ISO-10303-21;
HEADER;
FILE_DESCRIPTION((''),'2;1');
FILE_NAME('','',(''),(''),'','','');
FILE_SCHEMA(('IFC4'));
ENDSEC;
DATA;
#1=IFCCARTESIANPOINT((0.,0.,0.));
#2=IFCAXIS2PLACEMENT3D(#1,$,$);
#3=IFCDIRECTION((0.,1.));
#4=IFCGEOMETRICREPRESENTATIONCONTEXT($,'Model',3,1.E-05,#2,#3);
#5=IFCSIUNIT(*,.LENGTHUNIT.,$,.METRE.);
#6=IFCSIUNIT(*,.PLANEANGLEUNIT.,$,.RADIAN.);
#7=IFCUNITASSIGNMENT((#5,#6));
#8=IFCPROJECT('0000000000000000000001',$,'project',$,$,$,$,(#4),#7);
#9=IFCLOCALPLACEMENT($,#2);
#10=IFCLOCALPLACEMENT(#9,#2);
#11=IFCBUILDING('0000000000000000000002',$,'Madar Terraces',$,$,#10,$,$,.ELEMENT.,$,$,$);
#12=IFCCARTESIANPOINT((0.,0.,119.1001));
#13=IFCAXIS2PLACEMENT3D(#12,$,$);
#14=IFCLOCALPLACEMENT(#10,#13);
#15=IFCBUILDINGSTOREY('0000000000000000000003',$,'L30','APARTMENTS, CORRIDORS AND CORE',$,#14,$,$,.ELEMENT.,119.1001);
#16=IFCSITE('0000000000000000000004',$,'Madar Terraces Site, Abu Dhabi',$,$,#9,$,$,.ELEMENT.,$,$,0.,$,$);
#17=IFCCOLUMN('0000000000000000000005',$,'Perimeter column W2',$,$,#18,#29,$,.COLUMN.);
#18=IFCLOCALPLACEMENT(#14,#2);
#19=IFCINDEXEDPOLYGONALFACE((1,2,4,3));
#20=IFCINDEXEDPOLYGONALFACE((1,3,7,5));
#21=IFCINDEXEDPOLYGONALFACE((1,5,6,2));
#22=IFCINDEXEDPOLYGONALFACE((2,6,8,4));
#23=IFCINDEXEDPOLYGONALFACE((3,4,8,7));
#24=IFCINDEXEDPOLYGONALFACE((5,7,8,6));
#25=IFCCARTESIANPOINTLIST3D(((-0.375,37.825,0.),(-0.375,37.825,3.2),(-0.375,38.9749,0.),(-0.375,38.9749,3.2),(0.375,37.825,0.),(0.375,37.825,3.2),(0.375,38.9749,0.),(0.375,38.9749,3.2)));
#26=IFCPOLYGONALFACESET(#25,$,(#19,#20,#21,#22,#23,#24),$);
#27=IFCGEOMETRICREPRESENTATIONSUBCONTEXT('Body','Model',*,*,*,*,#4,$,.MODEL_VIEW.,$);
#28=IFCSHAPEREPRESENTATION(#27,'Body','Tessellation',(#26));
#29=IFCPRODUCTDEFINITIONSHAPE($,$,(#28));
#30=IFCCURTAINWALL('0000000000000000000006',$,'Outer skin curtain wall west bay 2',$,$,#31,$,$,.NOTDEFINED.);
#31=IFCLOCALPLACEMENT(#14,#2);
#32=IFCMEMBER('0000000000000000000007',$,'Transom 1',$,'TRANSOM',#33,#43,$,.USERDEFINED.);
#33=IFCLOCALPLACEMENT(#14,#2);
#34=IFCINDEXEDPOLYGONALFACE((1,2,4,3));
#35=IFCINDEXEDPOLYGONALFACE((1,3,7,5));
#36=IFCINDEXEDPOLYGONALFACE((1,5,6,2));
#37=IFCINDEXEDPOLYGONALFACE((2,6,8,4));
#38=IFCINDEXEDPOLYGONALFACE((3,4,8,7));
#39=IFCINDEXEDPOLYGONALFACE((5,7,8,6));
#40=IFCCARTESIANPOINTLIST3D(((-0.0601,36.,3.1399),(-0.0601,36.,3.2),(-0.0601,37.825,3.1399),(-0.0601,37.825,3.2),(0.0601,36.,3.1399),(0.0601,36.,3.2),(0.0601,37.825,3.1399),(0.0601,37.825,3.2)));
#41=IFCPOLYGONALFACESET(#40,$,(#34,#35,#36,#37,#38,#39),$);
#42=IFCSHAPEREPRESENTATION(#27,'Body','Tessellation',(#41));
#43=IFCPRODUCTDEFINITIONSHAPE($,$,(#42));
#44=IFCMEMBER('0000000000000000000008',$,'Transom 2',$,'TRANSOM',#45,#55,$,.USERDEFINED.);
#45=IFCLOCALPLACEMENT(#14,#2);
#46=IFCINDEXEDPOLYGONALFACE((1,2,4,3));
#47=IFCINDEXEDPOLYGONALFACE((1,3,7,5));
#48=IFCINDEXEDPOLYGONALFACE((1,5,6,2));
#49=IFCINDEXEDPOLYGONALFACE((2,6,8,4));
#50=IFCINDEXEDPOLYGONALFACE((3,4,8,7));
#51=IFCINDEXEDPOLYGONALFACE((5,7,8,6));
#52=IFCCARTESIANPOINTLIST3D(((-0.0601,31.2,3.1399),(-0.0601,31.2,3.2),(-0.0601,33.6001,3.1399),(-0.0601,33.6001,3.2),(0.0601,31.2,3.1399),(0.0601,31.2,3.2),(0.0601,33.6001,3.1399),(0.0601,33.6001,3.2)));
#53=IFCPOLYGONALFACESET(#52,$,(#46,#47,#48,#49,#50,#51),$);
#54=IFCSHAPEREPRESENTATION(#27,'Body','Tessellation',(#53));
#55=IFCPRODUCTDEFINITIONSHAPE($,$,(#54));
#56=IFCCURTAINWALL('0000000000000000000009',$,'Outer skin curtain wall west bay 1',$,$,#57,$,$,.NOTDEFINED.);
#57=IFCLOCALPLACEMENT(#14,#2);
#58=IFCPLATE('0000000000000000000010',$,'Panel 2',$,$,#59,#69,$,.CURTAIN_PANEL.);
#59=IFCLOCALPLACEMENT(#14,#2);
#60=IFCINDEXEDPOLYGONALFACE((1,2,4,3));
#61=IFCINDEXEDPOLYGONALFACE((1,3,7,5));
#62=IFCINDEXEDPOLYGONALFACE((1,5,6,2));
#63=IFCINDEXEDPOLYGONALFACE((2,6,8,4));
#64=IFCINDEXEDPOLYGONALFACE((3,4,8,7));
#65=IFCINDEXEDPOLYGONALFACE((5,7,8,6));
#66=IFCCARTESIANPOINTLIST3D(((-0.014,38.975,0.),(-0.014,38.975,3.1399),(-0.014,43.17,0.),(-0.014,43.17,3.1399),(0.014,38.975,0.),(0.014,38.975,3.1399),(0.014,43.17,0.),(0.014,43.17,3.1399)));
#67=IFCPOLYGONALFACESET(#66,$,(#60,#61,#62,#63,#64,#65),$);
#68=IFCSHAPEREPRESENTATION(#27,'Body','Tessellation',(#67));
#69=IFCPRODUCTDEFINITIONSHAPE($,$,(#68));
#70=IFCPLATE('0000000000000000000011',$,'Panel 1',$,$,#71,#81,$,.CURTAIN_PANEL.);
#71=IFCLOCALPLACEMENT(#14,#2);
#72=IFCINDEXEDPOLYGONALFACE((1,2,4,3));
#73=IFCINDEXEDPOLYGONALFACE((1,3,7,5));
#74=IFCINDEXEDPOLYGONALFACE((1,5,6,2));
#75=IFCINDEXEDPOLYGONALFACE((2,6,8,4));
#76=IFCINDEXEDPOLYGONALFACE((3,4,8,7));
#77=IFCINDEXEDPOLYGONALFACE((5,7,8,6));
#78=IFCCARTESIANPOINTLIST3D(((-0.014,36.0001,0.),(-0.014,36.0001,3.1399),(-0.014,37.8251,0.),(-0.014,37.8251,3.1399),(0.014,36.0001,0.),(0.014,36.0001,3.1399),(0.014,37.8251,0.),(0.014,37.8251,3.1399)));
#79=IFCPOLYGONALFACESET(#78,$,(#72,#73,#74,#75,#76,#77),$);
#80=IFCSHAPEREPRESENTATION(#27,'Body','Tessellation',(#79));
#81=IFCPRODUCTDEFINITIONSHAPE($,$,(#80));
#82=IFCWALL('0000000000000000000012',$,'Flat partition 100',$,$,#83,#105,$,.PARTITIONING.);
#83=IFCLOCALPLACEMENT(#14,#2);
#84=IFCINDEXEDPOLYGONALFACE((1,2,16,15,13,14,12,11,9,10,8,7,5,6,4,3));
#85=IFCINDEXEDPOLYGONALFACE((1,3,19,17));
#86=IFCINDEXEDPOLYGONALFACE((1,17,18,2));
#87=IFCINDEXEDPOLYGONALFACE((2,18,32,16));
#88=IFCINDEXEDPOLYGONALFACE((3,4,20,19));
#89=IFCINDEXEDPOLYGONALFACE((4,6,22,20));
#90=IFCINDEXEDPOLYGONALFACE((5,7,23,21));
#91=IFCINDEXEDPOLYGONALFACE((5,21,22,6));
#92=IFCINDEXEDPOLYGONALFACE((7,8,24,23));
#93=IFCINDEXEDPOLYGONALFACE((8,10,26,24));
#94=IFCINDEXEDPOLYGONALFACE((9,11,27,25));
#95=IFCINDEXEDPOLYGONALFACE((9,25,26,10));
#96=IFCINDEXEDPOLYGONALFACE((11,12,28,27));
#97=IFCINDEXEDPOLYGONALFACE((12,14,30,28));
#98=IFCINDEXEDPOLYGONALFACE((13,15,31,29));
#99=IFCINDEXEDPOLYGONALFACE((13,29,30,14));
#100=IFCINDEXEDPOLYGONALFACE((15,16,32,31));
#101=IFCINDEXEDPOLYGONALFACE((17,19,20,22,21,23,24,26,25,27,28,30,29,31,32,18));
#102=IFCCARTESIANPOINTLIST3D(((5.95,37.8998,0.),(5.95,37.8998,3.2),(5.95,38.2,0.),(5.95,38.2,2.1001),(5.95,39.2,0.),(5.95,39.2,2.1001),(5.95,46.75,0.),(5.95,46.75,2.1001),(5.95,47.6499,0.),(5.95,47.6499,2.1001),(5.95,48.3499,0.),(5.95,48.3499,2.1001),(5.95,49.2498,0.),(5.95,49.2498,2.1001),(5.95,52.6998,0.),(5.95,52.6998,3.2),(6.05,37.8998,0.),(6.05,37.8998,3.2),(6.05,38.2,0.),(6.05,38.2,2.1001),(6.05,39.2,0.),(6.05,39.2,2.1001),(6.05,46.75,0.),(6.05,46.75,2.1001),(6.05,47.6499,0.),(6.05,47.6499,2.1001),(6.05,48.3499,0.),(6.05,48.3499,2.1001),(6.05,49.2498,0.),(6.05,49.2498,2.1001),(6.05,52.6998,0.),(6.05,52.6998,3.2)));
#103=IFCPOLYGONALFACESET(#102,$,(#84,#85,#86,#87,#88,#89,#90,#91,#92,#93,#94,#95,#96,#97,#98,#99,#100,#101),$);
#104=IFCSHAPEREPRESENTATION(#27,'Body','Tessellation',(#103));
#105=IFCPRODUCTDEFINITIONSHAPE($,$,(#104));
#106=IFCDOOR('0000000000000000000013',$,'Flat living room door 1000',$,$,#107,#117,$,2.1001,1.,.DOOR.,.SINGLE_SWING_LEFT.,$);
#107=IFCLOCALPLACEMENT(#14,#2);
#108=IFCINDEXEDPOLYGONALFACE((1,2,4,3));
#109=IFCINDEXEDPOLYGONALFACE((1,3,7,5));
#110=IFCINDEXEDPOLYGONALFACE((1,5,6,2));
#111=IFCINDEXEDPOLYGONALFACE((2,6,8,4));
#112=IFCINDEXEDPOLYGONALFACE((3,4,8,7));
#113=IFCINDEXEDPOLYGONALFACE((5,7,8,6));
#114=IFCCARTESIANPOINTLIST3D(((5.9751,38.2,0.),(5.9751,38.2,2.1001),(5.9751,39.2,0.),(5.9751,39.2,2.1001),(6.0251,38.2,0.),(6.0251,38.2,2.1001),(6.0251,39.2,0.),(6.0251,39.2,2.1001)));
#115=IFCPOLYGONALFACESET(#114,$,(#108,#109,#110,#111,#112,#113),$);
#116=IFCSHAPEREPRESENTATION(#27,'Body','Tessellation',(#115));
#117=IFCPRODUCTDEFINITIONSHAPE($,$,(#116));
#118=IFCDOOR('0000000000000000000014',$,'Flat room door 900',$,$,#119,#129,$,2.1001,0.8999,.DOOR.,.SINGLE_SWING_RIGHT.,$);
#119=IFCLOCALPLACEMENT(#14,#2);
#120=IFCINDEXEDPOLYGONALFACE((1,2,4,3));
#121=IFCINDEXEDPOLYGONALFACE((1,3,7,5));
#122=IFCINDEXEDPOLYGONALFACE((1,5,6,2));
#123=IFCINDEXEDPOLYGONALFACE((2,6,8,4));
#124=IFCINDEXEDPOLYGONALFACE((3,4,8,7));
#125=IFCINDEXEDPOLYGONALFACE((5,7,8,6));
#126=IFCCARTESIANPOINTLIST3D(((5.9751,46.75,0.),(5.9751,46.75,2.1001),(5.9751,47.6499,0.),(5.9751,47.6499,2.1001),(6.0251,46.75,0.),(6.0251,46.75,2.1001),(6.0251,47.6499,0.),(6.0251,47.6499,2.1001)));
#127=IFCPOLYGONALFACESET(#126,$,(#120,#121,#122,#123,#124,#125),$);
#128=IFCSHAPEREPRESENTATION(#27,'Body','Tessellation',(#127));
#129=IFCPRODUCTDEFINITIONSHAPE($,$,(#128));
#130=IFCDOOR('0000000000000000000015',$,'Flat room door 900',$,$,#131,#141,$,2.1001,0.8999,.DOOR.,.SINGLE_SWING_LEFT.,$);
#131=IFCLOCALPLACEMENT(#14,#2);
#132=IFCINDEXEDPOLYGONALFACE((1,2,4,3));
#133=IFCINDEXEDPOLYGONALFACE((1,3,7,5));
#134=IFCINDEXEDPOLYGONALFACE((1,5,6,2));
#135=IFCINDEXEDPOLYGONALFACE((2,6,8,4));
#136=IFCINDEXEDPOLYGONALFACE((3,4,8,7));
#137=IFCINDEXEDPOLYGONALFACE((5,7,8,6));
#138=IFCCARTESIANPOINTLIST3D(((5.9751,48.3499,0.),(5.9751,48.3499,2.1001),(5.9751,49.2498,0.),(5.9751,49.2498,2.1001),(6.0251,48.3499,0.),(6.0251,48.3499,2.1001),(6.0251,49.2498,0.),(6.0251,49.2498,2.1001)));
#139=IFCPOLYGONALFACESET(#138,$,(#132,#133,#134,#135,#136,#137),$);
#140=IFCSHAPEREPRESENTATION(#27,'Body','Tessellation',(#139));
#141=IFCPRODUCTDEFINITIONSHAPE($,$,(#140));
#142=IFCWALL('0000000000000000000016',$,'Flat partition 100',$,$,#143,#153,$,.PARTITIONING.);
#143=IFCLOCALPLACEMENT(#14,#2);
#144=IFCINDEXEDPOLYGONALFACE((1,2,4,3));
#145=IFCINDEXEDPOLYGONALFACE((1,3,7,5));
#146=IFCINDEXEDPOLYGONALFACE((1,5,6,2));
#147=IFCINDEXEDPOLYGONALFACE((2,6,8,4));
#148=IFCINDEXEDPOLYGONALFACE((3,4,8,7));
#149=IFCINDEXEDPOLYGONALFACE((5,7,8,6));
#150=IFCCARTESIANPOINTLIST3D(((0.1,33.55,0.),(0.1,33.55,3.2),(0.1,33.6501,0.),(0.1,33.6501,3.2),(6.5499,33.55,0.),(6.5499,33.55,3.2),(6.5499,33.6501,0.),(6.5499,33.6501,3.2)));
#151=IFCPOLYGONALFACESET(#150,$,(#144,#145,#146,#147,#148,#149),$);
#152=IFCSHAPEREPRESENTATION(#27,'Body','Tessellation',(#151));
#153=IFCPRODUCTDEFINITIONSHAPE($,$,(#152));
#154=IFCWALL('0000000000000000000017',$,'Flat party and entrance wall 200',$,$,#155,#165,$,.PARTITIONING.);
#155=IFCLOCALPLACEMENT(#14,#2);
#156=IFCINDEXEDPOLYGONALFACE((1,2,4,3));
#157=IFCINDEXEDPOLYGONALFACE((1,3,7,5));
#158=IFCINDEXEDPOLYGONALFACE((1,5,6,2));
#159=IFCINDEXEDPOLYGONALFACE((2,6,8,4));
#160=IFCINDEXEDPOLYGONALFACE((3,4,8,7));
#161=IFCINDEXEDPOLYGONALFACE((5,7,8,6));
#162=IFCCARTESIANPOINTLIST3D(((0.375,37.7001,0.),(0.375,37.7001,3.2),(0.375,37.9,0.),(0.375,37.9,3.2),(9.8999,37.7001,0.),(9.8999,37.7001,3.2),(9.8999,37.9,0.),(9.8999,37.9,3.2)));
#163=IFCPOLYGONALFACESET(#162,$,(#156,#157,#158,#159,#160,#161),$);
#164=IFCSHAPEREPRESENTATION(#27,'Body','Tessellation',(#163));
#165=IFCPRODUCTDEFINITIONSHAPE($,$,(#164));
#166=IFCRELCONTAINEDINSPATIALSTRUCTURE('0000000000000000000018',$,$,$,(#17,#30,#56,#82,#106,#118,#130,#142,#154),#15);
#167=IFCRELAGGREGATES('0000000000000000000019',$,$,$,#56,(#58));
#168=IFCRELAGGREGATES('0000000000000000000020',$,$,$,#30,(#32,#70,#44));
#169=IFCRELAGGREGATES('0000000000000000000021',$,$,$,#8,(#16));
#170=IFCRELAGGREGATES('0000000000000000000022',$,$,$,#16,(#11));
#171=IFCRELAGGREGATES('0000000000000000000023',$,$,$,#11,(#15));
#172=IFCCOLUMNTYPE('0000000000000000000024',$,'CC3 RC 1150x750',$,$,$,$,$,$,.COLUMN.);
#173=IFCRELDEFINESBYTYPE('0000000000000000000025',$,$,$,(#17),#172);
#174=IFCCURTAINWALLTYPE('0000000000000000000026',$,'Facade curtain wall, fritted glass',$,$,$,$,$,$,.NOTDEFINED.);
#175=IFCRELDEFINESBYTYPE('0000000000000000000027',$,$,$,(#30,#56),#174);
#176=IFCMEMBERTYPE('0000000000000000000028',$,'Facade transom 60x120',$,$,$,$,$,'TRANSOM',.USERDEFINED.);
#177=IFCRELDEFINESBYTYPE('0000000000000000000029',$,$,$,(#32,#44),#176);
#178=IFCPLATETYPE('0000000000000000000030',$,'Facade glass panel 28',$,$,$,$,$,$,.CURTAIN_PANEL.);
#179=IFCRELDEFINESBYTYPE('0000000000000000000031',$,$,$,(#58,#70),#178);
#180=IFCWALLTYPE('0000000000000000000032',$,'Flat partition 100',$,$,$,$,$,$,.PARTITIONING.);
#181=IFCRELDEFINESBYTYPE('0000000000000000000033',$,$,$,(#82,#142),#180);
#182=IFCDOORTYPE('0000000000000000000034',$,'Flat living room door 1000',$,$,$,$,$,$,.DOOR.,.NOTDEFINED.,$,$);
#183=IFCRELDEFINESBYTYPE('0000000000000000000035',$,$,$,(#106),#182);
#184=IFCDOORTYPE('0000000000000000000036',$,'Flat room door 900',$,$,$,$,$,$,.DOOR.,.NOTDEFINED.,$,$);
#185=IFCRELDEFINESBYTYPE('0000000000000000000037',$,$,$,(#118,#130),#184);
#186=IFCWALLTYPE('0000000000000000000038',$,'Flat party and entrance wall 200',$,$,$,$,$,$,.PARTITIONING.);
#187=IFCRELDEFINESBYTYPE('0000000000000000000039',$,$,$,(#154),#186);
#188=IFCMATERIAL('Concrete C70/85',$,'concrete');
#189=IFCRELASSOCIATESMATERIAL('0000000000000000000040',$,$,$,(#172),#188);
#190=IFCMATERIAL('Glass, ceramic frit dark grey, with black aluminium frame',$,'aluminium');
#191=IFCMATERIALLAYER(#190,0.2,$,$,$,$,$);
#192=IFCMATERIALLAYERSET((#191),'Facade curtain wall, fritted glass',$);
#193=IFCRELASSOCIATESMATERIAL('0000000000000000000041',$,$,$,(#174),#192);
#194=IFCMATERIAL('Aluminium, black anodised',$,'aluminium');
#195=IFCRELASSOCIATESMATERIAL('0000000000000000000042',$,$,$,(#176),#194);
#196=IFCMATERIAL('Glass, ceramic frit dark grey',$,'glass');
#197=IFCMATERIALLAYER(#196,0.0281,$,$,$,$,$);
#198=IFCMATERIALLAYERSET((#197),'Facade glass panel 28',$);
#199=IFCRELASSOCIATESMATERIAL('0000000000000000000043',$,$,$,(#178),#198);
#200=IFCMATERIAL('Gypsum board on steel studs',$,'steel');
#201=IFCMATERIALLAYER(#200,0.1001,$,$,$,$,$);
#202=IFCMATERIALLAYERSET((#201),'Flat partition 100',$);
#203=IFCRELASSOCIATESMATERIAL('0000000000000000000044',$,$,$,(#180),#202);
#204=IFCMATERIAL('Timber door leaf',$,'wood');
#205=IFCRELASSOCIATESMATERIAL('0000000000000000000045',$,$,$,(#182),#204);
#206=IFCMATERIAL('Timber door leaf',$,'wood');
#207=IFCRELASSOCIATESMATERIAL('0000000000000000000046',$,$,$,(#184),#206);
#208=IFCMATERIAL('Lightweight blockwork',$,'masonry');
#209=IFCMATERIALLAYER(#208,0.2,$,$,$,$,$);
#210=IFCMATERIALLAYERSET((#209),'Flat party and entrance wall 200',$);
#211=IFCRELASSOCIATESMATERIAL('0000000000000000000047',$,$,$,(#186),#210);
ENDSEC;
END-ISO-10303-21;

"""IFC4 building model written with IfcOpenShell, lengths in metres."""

from ifc_helpers import new_model, si_unit, direction, frame, frame_2d, origin, origin_2d, place, context, subcontext, project, spatial, rectangle, extrude, material, layer, layer_set, material_profile, profile_set, type_object, element, fill, aggregate, save


model = new_model("IFC4")

# Units and contexts
model_context = context("Model", 3, precision=1e-05, world=origin(), true_north=direction((0.0, 1.0)))
body_context = subcontext(model_context, "Body", "Model", "MODEL_VIEW")
ifc_project = project(units=[si_unit("LENGTHUNIT", "METRE"), si_unit("PLANEANGLEUNIT", "RADIAN")], contexts=[model_context])

# Site, building, storey
site_placement = place(None, origin())
site = spatial("IfcSite", under=ifc_project, at=site_placement, Name="Madar Terraces Site, Abu Dhabi", CompositionType="ELEMENT", RefElevation=0.0)
building_placement = place(site_placement, origin())
building = spatial("IfcBuilding", under=site, at=building_placement, Name="Madar Terraces", CompositionType="ELEMENT")
storey_placement = place(building_placement, frame((0.0, 0.0, 119.1001)))
storey = spatial("IfcBuildingStorey", under=building, at=storey_placement, Name="L30", Description="APARTMENTS, CORRIDORS AND CORE", CompositionType="ELEMENT", Elevation=119.1001)

# Column
ifc_material_1 = material(Name="Concrete C70/85", Category="concrete")
ifc_material_profile_1 = material_profile(ifc_material_1, rectangle(XDim=1.1499, YDim=0.75, at=origin_2d()), Name="CC3 RC 1150x750")
ifc_profile_set_1 = profile_set([ifc_material_profile_1], Name="Concrete C70/85")
column_type = type_object("IfcColumnType", Name="CC3 RC 1150x750", PredefinedType="COLUMN", material=ifc_profile_set_1)
column_placement = place(storey_placement, frame((0.0, 38.3999, 0.0), z_axis=(0.0, 0.0, 1.0), x_axis=(0.0, 1.0, 0.0)))
element("IfcColumn", 1, at=column_placement, inside=storey, type_object=column_type, Name="Perimeter column W2", PredefinedType="COLUMN", context=body_context, shape_type="SweptSolid", body=[
    extrude(rectangle(XDim=1.1499, YDim=0.75, at=origin_2d()), origin(), (0.0, 0.0, 1.0), 3.2),
])

# Curtain wall, members
ifc_material_2 = material(Name="Glass, ceramic frit dark grey, with black aluminium frame", Category="aluminium")
ifc_layer_1 = layer(ifc_material_2, 0.2)
ifc_layer_set_1 = layer_set([ifc_layer_1], Name="Facade curtain wall, fritted glass")
curtain_wall_type = type_object("IfcCurtainWallType", Name="Facade curtain wall, fritted glass", PredefinedType="NOTDEFINED", material=ifc_layer_set_1)
curtain_wall_1_placement = place(storey_placement, origin())
curtain_wall_1 = element("IfcCurtainWall", 2, at=curtain_wall_1_placement, inside=storey, type_object=curtain_wall_type, Name="Outer skin curtain wall west bay 2", PredefinedType="NOTDEFINED")
ifc_material_3 = material(Name="Aluminium, black anodised", Category="aluminium")
ifc_material_profile_2 = material_profile(ifc_material_3, rectangle(XDim=0.1201, YDim=0.0601, at=origin_2d()), Name="Facade transom 60x120")
ifc_profile_set_2 = profile_set([ifc_material_profile_2], Name="Aluminium, black anodised")
member_type = type_object("IfcMemberType", Name="Facade transom 60x120", ElementType="TRANSOM", PredefinedType="USERDEFINED", material=ifc_profile_set_2)
member_1_placement = place(storey_placement, frame((0.0, 37.825, 3.1699), z_axis=(0.0, -1.0, 0.0), x_axis=(1.0, 0.0, 0.0)))
member_1 = element("IfcMember", 3, at=member_1_placement, type_object=member_type, Name="Transom 1", ObjectType="TRANSOM", PredefinedType="USERDEFINED", context=body_context, shape_type="SweptSolid", body=[
    extrude(rectangle(XDim=0.1201, YDim=0.0601, at=origin_2d()), origin(), (0.0, 0.0, 1.0), 1.825),
])
member_2_placement = place(storey_placement, frame((0.0, 33.6001, 3.1699), z_axis=(0.0, -1.0, 0.0), x_axis=(1.0, 0.0, 0.0)))
member_2 = element("IfcMember", 4, at=member_2_placement, type_object=member_type, Name="Transom 2", ObjectType="TRANSOM", PredefinedType="USERDEFINED", context=body_context, shape_type="SweptSolid", body=[
    extrude(rectangle(XDim=0.1201, YDim=0.0601, at=origin_2d()), origin(), (0.0, 0.0, 1.0), 2.4001),
])

# Curtain wall, plate
curtain_wall_2_placement = place(storey_placement, origin())
curtain_wall_2 = element("IfcCurtainWall", 5, at=curtain_wall_2_placement, inside=storey, type_object=curtain_wall_type, Name="Outer skin curtain wall west bay 1", PredefinedType="NOTDEFINED")
ifc_material_4 = material(Name="Glass, ceramic frit dark grey", Category="glass")
ifc_layer_2 = layer(ifc_material_4, 0.0281)
ifc_layer_set_2 = layer_set([ifc_layer_2], Name="Facade glass panel 28")
plate_type = type_object("IfcPlateType", Name="Facade glass panel 28", PredefinedType="CURTAIN_PANEL", material=ifc_layer_set_2)
plate_1_placement = place(storey_placement, frame((0.0, 41.0725, 0.0), z_axis=(0.0, 0.0, 1.0), x_axis=(0.0, -1.0, 0.0)))
plate_1 = element("IfcPlate", 6, at=plate_1_placement, type_object=plate_type, Name="Panel 2", PredefinedType="CURTAIN_PANEL", context=body_context, shape_type="SweptSolid", body=[
    extrude(rectangle(XDim=4.1951, YDim=0.0281, at=origin_2d()), origin(), (0.0, 0.0, 1.0), 3.1399),
])
aggregate(curtain_wall_2, [plate_1])

# Plate
plate_2_placement = place(storey_placement, frame((0.0, 36.9126, 0.0), z_axis=(0.0, 0.0, 1.0), x_axis=(0.0, -1.0, 0.0)))
plate_2 = element("IfcPlate", 7, at=plate_2_placement, type_object=plate_type, Name="Panel 1", PredefinedType="CURTAIN_PANEL", context=body_context, shape_type="SweptSolid", body=[
    extrude(rectangle(XDim=1.825, YDim=0.0281, at=origin_2d()), origin(), (0.0, 0.0, 1.0), 3.1399),
])
aggregate(curtain_wall_1, [member_1, plate_2, member_2])

# Wall, openings, doors
ifc_material_5 = material(Name="Gypsum board on steel studs", Category="steel")
ifc_layer_3 = layer(ifc_material_5, 0.1001)
ifc_layer_set_3 = layer_set([ifc_layer_3], Name="Flat partition 100")
wall_type_1 = type_object("IfcWallType", Name="Flat partition 100", PredefinedType="PARTITIONING", material=ifc_layer_set_3)
wall_1_placement = place(storey_placement, frame((6.0, 37.8999, 0.0), z_axis=(0.0, 0.0, 1.0), x_axis=(0.0, 1.0, 0.0)))
wall_1 = element("IfcWall", 8, at=wall_1_placement, inside=storey, type_object=wall_type_1, Name="Flat partition 100", PredefinedType="PARTITIONING", context=body_context, shape_type="SweptSolid", body=[
    extrude(rectangle(XDim=14.8, YDim=0.1001, at=frame_2d((7.3999, 0.0))), origin(), (0.0, 0.0, 1.0), 3.2),
])
opening_1_placement = place(wall_1_placement, frame((0.3, 0.0, 0.0)))
opening_1 = element("IfcOpeningElement", 9, at=opening_1_placement, cuts=wall_1, PredefinedType="OPENING", context=body_context, shape_type="SweptSolid", body=[
    extrude(rectangle(XDim=1.0, YDim=2.1001, at=frame_2d((0.5, 1.05))), frame((0.0, 0.0601, 0.0), z_axis=(0.0, -1.0, 0.0), x_axis=(1.0, 0.0, 0.0)), (0.0, 0.0, 1.0), 0.1201),
])
opening_2_placement = place(wall_1_placement, frame((8.8501, 0.0, 0.0)))
opening_2 = element("IfcOpeningElement", 10, at=opening_2_placement, cuts=wall_1, PredefinedType="OPENING", context=body_context, shape_type="SweptSolid", body=[
    extrude(rectangle(XDim=0.8999, YDim=2.1001, at=frame_2d((0.45, 1.05))), frame((0.0, 0.0601, 0.0), z_axis=(0.0, -1.0, 0.0), x_axis=(1.0, 0.0, 0.0)), (0.0, 0.0, 1.0), 0.1201),
])
opening_3_placement = place(wall_1_placement, frame((10.45, 0.0, 0.0)))
opening_3 = element("IfcOpeningElement", 11, at=opening_3_placement, cuts=wall_1, PredefinedType="OPENING", context=body_context, shape_type="SweptSolid", body=[
    extrude(rectangle(XDim=0.8999, YDim=2.1001, at=frame_2d((0.45, 1.05))), frame((0.0, 0.0601, 0.0), z_axis=(0.0, -1.0, 0.0), x_axis=(1.0, 0.0, 0.0)), (0.0, 0.0, 1.0), 0.1201),
])
ifc_material_6 = material(Name="Timber door leaf", Category="wood")
door_type_1 = type_object("IfcDoorType", Name="Flat living room door 1000", OperationType="NOTDEFINED", PredefinedType="DOOR", material=ifc_material_6)
door_1_placement = place(opening_1_placement, origin())
door_1 = element("IfcDoor", 12, at=door_1_placement, inside=storey, type_object=door_type_1, Name="Flat living room door 1000", OperationType="SINGLE_SWING_LEFT", OverallHeight=2.1001, OverallWidth=1.0, PredefinedType="DOOR", context=body_context, shape_type="SweptSolid", body=[
    extrude(rectangle(XDim=1.0, YDim=2.1001, at=frame_2d((0.5, 1.05))), frame((0.0, 0.0249, 0.0), z_axis=(0.0, -1.0, 0.0), x_axis=(1.0, 0.0, 0.0)), (0.0, 0.0, 1.0), 0.05),
])
fill(opening_1, door_1)
ifc_material_7 = material(Name="Timber door leaf", Category="wood")
door_type_2 = type_object("IfcDoorType", Name="Flat room door 900", OperationType="NOTDEFINED", PredefinedType="DOOR", material=ifc_material_7)
door_2_placement = place(opening_2_placement, origin())
door_2 = element("IfcDoor", 13, at=door_2_placement, inside=storey, type_object=door_type_2, Name="Flat room door 900", OperationType="SINGLE_SWING_RIGHT", OverallHeight=2.1001, OverallWidth=0.8999, PredefinedType="DOOR", context=body_context, shape_type="SweptSolid", body=[
    extrude(rectangle(XDim=0.8999, YDim=2.1001, at=frame_2d((0.45, 1.05))), frame((0.0, 0.0249, 0.0), z_axis=(0.0, -1.0, 0.0), x_axis=(1.0, 0.0, 0.0)), (0.0, 0.0, 1.0), 0.05),
])
fill(opening_2, door_2)
door_3_placement = place(opening_3_placement, origin())
door_3 = element("IfcDoor", 14, at=door_3_placement, inside=storey, type_object=door_type_2, Name="Flat room door 900", OperationType="SINGLE_SWING_LEFT", OverallHeight=2.1001, OverallWidth=0.8999, PredefinedType="DOOR", context=body_context, shape_type="SweptSolid", body=[
    extrude(rectangle(XDim=0.8999, YDim=2.1001, at=frame_2d((0.45, 1.05))), frame((0.0, 0.0249, 0.0), z_axis=(0.0, -1.0, 0.0), x_axis=(1.0, 0.0, 0.0)), (0.0, 0.0, 1.0), 0.05),
])
fill(opening_3, door_3)

# Walls
wall_2_placement = place(storey_placement, frame((6.55, 33.6001, 0.0), z_axis=(0.0, 0.0, 1.0), x_axis=(-1.0, 0.0, 0.0)))
element("IfcWall", 15, at=wall_2_placement, inside=storey, type_object=wall_type_1, Name="Flat partition 100", PredefinedType="PARTITIONING", context=body_context, shape_type="SweptSolid", body=[
    extrude(rectangle(XDim=6.45, YDim=0.1001, at=frame_2d((3.2251, 0.0))), origin(), (0.0, 0.0, 1.0), 3.2),
])
ifc_material_8 = material(Name="Lightweight blockwork", Category="masonry")
ifc_layer_4 = layer(ifc_material_8, 0.2)
ifc_layer_set_4 = layer_set([ifc_layer_4], Name="Flat party and entrance wall 200")
wall_type_2 = type_object("IfcWallType", Name="Flat party and entrance wall 200", PredefinedType="PARTITIONING", material=ifc_layer_set_4)
wall_3_placement = place(storey_placement, frame((0.375, 37.8, 0.0), z_axis=(0.0, 0.0, 1.0), x_axis=(1.0, 0.0, 0.0)))
element("IfcWall", 16, at=wall_3_placement, inside=storey, type_object=wall_type_2, Name="Flat party and entrance wall 200", PredefinedType="PARTITIONING", context=body_context, shape_type="SweptSolid", body=[
    extrude(rectangle(XDim=9.5249, YDim=0.2, at=frame_2d((4.7625, 0.0))), origin(), (0.0, 0.0, 1.0), 3.2),
])

save(model, "model.ifc")
